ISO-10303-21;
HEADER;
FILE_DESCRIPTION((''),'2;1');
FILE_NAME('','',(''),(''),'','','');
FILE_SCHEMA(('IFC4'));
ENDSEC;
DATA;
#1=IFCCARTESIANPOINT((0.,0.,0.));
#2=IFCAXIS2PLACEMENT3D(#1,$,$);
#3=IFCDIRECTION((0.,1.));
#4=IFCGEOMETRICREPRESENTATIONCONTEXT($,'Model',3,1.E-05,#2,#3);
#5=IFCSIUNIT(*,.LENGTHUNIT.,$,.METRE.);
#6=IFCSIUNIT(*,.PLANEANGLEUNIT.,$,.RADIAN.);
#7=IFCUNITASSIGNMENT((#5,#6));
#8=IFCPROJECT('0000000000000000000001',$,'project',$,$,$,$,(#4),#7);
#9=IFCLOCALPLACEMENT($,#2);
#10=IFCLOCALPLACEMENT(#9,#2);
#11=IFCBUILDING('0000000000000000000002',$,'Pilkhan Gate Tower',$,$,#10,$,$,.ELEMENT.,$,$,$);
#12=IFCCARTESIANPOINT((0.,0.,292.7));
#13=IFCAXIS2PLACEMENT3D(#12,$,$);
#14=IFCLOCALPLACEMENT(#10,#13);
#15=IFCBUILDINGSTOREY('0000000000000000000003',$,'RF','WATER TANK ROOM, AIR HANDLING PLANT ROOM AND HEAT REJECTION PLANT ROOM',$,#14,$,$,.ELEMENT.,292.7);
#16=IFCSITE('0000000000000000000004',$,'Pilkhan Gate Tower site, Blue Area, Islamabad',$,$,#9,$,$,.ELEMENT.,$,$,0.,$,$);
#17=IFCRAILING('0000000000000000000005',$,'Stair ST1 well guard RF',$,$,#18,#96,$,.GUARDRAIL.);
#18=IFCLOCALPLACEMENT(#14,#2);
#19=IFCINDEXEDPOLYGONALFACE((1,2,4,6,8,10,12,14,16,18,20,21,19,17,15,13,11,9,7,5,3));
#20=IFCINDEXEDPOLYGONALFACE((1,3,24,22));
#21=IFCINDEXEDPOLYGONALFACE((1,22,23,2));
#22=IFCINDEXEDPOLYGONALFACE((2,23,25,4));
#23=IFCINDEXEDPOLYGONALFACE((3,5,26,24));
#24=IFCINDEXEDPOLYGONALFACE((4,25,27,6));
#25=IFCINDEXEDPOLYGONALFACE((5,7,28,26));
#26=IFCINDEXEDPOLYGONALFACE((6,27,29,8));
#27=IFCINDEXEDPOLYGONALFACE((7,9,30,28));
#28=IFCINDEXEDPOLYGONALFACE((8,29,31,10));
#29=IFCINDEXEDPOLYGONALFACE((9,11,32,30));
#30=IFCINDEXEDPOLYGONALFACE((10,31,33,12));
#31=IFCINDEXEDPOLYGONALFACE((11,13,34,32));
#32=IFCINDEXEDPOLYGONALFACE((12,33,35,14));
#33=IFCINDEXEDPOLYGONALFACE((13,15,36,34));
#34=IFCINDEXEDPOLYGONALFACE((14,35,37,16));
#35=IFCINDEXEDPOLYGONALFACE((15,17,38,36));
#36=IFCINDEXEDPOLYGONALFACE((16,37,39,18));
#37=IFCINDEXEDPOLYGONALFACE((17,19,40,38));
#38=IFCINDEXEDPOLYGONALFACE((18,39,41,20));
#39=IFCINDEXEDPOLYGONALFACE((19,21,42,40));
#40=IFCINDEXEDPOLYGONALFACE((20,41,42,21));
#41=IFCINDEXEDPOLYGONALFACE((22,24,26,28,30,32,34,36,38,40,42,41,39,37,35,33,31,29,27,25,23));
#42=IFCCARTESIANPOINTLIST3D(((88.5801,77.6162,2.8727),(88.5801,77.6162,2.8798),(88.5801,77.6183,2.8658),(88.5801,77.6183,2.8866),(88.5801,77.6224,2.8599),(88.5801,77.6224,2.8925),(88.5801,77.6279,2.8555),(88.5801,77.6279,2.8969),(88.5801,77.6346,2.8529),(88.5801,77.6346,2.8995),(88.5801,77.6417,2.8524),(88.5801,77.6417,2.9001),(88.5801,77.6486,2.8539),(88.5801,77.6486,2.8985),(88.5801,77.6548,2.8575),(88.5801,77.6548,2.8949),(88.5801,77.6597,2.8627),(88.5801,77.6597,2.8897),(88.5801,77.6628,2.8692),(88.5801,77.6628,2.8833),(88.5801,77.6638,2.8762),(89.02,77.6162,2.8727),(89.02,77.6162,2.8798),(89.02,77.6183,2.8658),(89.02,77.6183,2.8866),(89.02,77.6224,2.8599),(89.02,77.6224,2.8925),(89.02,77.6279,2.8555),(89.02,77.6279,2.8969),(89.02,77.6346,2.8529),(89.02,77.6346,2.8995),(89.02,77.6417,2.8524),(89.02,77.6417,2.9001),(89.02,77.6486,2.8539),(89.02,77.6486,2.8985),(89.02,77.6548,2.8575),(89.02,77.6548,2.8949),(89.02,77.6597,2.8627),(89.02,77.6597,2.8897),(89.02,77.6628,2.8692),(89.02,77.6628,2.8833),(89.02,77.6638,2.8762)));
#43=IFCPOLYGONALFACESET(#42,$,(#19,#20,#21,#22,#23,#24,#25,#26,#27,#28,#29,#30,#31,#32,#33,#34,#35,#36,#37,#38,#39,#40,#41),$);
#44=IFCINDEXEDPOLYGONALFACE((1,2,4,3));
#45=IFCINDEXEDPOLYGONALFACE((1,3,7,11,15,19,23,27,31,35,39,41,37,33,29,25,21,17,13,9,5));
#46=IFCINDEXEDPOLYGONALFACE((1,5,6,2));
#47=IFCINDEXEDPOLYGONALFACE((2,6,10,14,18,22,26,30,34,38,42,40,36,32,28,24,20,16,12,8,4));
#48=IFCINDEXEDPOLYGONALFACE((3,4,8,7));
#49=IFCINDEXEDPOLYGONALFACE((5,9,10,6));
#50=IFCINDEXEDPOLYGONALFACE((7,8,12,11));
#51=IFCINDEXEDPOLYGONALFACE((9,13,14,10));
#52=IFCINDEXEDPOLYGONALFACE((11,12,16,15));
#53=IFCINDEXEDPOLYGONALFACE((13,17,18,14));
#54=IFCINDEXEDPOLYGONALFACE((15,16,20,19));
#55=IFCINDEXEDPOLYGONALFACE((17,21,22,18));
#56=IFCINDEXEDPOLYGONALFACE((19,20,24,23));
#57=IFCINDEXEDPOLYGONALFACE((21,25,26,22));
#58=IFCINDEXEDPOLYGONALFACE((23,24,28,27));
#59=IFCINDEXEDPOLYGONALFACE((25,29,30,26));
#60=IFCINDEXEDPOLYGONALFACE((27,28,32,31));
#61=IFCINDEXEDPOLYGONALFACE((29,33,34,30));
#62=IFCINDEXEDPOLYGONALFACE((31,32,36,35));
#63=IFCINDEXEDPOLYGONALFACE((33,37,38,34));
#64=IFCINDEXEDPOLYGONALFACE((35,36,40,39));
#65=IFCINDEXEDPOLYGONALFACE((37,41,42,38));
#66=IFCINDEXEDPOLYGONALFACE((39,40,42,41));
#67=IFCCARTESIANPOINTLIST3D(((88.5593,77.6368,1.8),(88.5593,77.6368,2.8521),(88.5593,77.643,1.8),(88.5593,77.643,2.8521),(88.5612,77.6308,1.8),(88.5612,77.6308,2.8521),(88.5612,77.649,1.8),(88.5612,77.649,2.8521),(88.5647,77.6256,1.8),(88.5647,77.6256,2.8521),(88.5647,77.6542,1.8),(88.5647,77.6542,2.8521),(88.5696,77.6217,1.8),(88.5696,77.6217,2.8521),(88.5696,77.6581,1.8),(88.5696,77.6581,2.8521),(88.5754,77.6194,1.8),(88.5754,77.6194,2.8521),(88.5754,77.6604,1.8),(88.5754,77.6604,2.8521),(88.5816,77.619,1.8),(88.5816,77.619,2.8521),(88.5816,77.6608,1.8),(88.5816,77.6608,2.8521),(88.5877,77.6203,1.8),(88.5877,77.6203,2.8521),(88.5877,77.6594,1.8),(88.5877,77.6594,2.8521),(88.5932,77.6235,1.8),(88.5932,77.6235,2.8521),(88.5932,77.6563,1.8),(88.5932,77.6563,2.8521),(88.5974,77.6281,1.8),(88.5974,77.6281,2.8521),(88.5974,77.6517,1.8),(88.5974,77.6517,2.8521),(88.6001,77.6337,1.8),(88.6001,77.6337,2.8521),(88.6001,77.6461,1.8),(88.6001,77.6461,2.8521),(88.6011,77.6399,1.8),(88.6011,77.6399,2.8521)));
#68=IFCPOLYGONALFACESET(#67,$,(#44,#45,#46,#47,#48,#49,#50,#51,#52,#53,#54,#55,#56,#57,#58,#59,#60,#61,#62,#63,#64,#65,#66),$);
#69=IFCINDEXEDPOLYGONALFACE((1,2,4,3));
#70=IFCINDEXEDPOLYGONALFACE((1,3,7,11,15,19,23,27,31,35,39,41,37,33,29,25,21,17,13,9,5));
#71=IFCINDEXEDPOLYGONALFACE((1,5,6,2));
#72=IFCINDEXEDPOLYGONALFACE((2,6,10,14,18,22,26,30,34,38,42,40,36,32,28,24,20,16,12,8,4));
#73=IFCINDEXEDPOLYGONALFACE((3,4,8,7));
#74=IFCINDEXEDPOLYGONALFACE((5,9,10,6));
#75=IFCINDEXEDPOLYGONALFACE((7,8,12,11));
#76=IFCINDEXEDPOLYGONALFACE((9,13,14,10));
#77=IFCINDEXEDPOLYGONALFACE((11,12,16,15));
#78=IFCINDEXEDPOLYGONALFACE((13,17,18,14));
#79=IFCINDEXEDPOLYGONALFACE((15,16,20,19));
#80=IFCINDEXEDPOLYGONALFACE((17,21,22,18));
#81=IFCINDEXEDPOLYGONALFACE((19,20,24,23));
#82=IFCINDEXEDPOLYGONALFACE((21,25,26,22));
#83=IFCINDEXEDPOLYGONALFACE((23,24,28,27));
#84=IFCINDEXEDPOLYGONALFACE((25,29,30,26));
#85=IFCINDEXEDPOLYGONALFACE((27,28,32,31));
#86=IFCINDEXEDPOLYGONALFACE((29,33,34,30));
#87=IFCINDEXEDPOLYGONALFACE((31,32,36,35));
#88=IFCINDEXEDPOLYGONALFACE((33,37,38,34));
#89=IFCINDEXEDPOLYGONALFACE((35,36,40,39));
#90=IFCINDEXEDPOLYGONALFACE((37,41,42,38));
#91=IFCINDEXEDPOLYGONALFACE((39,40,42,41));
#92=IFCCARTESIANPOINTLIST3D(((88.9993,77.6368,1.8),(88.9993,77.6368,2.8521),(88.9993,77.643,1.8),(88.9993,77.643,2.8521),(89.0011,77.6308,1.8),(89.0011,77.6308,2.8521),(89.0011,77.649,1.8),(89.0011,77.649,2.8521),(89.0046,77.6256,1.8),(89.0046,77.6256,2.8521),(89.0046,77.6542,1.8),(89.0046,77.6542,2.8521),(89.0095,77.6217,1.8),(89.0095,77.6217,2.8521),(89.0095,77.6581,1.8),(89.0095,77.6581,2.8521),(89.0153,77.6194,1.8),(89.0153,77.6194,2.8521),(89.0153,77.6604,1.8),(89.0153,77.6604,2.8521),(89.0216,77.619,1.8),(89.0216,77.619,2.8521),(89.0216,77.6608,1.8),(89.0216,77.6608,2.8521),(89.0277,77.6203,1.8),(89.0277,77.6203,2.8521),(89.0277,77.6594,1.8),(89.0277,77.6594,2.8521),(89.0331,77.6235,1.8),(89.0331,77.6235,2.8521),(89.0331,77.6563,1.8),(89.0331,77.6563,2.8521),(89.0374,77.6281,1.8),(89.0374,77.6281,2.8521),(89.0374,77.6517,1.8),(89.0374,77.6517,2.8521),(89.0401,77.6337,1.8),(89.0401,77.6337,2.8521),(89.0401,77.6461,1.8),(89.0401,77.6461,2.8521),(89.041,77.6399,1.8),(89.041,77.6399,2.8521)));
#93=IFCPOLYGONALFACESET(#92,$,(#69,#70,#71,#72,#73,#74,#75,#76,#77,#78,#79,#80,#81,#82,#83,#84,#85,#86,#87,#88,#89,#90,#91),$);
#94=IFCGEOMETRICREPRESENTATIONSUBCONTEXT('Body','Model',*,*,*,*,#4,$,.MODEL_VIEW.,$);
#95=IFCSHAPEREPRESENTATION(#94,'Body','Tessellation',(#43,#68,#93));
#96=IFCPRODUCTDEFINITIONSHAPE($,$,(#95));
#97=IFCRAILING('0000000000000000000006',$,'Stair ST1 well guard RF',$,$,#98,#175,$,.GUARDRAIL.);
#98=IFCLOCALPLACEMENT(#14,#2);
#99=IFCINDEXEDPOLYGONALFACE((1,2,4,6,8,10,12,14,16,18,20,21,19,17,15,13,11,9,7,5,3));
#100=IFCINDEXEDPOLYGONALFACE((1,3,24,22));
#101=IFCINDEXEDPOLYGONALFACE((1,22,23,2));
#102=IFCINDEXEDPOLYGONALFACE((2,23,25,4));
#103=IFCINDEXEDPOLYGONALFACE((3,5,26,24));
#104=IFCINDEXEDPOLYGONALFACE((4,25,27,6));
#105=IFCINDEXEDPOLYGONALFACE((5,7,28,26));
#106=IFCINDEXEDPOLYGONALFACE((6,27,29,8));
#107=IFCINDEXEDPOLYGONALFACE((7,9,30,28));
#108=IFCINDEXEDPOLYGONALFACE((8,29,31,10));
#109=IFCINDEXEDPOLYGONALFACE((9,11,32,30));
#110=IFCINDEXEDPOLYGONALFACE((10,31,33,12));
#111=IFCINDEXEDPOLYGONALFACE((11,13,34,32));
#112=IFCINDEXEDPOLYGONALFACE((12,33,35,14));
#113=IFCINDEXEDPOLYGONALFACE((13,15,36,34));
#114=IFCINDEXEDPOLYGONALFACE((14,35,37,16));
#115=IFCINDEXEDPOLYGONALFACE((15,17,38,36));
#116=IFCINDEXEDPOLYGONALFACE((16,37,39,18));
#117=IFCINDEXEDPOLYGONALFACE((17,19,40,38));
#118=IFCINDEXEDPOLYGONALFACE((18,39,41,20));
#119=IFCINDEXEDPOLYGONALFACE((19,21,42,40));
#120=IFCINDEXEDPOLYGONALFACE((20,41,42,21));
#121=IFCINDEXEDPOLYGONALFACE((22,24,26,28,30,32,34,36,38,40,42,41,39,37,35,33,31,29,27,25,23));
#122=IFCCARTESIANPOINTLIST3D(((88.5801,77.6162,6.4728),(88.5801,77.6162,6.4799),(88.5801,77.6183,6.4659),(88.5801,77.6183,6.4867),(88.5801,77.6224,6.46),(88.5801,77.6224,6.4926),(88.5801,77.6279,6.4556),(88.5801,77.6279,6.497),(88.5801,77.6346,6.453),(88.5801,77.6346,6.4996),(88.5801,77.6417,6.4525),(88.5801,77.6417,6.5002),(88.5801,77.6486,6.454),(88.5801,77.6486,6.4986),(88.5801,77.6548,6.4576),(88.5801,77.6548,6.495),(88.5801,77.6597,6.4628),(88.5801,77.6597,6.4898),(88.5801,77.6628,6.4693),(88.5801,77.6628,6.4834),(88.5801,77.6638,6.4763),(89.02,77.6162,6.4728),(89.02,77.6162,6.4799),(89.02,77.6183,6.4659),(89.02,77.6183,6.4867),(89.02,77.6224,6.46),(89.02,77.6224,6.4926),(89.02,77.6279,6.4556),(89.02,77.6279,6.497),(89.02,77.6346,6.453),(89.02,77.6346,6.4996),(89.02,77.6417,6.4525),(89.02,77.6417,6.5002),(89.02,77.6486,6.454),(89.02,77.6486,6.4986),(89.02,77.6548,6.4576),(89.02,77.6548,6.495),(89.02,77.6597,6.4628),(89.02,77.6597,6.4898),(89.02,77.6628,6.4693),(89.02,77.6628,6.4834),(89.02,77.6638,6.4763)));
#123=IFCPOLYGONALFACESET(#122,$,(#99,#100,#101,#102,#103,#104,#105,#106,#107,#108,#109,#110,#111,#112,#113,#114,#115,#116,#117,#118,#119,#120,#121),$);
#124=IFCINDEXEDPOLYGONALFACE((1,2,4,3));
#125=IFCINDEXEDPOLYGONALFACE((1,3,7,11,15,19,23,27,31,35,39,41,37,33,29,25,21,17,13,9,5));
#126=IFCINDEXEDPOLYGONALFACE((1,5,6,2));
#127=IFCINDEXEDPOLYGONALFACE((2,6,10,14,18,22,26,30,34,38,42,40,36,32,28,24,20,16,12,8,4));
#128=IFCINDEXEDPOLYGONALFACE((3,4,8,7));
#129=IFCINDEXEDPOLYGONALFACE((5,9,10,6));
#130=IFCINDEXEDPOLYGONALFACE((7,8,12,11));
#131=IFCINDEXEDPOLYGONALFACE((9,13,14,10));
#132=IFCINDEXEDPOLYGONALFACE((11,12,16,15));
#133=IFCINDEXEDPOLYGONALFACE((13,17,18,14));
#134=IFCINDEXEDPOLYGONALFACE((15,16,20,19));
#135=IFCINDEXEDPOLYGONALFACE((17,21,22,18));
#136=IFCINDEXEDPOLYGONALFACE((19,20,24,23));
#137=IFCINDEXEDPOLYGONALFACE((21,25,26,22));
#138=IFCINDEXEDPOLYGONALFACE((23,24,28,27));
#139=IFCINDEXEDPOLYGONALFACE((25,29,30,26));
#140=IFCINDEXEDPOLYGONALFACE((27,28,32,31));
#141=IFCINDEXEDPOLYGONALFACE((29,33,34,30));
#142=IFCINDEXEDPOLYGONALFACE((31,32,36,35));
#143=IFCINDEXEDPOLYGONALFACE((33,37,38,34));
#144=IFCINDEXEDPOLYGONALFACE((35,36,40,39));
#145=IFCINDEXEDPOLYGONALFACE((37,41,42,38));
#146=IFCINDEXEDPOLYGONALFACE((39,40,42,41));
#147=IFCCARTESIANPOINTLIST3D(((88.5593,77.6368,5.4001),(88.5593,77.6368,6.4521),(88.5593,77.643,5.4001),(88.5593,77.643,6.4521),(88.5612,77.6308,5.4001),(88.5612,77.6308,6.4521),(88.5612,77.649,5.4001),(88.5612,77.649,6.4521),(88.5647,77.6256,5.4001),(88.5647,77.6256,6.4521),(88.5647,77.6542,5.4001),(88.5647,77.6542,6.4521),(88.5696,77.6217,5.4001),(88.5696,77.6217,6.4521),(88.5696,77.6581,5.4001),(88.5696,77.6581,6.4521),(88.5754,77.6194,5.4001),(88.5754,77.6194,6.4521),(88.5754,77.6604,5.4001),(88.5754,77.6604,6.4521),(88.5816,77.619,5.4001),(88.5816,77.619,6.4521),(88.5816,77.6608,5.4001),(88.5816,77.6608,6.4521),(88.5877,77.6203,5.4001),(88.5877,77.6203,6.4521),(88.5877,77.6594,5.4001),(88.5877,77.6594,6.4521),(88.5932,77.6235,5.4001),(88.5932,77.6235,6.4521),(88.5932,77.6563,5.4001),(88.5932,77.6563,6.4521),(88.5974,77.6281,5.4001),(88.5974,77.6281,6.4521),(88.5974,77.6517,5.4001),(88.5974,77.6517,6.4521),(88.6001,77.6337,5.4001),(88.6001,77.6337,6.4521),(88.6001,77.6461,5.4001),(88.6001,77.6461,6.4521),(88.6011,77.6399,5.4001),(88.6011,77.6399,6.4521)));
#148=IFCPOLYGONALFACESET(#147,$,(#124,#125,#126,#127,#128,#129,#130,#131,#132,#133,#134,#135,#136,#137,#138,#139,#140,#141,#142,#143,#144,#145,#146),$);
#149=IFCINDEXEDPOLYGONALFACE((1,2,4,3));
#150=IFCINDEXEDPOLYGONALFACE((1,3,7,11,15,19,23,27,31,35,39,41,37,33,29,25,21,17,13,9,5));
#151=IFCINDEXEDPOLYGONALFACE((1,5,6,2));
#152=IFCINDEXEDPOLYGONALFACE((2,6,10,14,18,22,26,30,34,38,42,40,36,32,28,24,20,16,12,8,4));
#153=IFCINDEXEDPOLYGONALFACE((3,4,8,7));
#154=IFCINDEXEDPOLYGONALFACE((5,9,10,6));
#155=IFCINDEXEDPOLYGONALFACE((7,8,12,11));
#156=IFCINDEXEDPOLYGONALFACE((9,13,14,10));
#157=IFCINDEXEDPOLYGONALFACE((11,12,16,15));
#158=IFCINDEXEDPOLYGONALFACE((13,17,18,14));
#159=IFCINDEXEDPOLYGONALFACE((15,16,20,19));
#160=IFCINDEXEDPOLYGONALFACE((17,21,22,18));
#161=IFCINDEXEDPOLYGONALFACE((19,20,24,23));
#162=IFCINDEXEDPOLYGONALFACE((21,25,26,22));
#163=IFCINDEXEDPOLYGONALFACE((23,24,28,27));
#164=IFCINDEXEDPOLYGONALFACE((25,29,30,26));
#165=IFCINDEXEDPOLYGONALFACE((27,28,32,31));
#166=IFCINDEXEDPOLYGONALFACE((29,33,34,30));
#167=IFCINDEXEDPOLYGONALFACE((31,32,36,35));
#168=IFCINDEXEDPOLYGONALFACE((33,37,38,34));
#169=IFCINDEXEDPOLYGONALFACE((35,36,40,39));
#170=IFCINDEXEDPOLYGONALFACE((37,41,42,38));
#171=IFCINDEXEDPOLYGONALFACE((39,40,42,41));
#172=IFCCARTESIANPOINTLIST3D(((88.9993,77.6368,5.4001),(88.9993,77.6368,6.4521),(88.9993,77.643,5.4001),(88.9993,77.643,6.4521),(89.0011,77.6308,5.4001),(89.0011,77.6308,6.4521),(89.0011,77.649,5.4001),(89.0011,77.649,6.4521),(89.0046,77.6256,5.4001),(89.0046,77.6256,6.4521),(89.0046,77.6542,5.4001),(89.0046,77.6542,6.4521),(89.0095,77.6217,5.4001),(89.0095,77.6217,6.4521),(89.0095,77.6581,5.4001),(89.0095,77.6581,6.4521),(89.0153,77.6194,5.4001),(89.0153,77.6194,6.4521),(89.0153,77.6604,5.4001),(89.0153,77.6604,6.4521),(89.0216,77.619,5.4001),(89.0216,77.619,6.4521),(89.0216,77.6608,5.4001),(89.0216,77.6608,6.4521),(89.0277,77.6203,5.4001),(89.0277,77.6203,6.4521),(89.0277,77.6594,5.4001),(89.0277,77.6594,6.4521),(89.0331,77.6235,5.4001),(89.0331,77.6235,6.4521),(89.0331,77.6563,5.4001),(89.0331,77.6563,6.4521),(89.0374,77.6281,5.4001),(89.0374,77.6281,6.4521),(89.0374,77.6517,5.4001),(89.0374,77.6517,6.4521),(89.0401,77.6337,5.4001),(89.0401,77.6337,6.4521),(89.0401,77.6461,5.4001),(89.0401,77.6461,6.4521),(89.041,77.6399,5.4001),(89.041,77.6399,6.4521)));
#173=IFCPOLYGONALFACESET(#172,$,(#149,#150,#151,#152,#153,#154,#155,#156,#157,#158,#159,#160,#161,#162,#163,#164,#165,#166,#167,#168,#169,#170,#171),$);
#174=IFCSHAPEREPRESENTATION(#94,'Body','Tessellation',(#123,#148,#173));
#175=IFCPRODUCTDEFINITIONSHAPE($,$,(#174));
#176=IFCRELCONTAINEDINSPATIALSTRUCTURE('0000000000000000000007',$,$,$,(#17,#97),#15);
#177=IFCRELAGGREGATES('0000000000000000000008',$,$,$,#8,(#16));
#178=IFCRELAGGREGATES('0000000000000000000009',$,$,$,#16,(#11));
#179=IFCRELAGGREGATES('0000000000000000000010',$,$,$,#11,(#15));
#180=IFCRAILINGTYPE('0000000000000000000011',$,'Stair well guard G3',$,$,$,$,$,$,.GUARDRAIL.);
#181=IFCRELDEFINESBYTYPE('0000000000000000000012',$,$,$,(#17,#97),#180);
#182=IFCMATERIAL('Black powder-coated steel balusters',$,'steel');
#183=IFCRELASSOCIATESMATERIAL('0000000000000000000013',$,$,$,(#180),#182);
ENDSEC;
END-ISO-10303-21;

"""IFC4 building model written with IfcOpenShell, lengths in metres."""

from ifc_helpers import new_model, si_unit, direction, frame, origin, origin_2d, place, context, subcontext, project, spatial, circle, extrude, material, type_object, element, save


model = new_model("IFC4")

# Units and contexts
model_context = context("Model", 3, precision=1e-05, world=origin(), true_north=direction((0.0, 1.0)))
body_context = subcontext(model_context, "Body", "Model", "MODEL_VIEW")
ifc_project = project(units=[si_unit("LENGTHUNIT", "METRE"), si_unit("PLANEANGLEUNIT", "RADIAN")], contexts=[model_context])

# Site, building, storey
site_placement = place(None, origin())
site = spatial("IfcSite", under=ifc_project, at=site_placement, Name="Pilkhan Gate Tower site, Blue Area, Islamabad", CompositionType="ELEMENT", RefElevation=0.0)
building_placement = place(site_placement, origin())
building = spatial("IfcBuilding", under=site, at=building_placement, Name="Pilkhan Gate Tower", CompositionType="ELEMENT")
storey_placement = place(building_placement, frame((0.0, 0.0, 292.7)))
storey = spatial("IfcBuildingStorey", under=building, at=storey_placement, Name="RF", Description="WATER TANK ROOM, AIR HANDLING PLANT ROOM AND HEAT REJECTION PLANT ROOM", CompositionType="ELEMENT", Elevation=292.7)

# Railings
ifc_material_1 = material(Name="Black powder-coated steel balusters", Category="steel")
railing_type_1 = type_object("IfcRailingType", Name="Stair well guard G3", PredefinedType="GUARDRAIL", material=ifc_material_1)
for number, where, name in (
    (1, (88.5801, 77.6399, 1.8), "Stair ST1 well guard RF"),
    (2, (88.5801, 77.6399, 5.4001), "Stair ST1 well guard RF"),
):
    element("IfcRailing", number, at=place(storey_placement, frame(where)), inside=storey, type_object=railing_type_1, Name=name, PredefinedType="GUARDRAIL", context=body_context, shape_type="SweptSolid", body=[
        extrude(circle(Radius=0.0239, at=origin_2d()), frame((0.0, 0.0, 1.0762), z_axis=(1.0, 0.0, 0.0), x_axis=(0.0, 1.0, 0.0)), (0.0, 0.0, 1.0), 0.4399),
        extrude(circle(Radius=0.021, at=origin_2d()), origin(), (0.0, 0.0, 1.0), 1.052),
        extrude(circle(Radius=0.021, at=origin_2d()), frame((0.4399, 0.0, 0.0)), (0.0, 0.0, 1.0), 1.052),
    ])

save(model, "model.ifc")
